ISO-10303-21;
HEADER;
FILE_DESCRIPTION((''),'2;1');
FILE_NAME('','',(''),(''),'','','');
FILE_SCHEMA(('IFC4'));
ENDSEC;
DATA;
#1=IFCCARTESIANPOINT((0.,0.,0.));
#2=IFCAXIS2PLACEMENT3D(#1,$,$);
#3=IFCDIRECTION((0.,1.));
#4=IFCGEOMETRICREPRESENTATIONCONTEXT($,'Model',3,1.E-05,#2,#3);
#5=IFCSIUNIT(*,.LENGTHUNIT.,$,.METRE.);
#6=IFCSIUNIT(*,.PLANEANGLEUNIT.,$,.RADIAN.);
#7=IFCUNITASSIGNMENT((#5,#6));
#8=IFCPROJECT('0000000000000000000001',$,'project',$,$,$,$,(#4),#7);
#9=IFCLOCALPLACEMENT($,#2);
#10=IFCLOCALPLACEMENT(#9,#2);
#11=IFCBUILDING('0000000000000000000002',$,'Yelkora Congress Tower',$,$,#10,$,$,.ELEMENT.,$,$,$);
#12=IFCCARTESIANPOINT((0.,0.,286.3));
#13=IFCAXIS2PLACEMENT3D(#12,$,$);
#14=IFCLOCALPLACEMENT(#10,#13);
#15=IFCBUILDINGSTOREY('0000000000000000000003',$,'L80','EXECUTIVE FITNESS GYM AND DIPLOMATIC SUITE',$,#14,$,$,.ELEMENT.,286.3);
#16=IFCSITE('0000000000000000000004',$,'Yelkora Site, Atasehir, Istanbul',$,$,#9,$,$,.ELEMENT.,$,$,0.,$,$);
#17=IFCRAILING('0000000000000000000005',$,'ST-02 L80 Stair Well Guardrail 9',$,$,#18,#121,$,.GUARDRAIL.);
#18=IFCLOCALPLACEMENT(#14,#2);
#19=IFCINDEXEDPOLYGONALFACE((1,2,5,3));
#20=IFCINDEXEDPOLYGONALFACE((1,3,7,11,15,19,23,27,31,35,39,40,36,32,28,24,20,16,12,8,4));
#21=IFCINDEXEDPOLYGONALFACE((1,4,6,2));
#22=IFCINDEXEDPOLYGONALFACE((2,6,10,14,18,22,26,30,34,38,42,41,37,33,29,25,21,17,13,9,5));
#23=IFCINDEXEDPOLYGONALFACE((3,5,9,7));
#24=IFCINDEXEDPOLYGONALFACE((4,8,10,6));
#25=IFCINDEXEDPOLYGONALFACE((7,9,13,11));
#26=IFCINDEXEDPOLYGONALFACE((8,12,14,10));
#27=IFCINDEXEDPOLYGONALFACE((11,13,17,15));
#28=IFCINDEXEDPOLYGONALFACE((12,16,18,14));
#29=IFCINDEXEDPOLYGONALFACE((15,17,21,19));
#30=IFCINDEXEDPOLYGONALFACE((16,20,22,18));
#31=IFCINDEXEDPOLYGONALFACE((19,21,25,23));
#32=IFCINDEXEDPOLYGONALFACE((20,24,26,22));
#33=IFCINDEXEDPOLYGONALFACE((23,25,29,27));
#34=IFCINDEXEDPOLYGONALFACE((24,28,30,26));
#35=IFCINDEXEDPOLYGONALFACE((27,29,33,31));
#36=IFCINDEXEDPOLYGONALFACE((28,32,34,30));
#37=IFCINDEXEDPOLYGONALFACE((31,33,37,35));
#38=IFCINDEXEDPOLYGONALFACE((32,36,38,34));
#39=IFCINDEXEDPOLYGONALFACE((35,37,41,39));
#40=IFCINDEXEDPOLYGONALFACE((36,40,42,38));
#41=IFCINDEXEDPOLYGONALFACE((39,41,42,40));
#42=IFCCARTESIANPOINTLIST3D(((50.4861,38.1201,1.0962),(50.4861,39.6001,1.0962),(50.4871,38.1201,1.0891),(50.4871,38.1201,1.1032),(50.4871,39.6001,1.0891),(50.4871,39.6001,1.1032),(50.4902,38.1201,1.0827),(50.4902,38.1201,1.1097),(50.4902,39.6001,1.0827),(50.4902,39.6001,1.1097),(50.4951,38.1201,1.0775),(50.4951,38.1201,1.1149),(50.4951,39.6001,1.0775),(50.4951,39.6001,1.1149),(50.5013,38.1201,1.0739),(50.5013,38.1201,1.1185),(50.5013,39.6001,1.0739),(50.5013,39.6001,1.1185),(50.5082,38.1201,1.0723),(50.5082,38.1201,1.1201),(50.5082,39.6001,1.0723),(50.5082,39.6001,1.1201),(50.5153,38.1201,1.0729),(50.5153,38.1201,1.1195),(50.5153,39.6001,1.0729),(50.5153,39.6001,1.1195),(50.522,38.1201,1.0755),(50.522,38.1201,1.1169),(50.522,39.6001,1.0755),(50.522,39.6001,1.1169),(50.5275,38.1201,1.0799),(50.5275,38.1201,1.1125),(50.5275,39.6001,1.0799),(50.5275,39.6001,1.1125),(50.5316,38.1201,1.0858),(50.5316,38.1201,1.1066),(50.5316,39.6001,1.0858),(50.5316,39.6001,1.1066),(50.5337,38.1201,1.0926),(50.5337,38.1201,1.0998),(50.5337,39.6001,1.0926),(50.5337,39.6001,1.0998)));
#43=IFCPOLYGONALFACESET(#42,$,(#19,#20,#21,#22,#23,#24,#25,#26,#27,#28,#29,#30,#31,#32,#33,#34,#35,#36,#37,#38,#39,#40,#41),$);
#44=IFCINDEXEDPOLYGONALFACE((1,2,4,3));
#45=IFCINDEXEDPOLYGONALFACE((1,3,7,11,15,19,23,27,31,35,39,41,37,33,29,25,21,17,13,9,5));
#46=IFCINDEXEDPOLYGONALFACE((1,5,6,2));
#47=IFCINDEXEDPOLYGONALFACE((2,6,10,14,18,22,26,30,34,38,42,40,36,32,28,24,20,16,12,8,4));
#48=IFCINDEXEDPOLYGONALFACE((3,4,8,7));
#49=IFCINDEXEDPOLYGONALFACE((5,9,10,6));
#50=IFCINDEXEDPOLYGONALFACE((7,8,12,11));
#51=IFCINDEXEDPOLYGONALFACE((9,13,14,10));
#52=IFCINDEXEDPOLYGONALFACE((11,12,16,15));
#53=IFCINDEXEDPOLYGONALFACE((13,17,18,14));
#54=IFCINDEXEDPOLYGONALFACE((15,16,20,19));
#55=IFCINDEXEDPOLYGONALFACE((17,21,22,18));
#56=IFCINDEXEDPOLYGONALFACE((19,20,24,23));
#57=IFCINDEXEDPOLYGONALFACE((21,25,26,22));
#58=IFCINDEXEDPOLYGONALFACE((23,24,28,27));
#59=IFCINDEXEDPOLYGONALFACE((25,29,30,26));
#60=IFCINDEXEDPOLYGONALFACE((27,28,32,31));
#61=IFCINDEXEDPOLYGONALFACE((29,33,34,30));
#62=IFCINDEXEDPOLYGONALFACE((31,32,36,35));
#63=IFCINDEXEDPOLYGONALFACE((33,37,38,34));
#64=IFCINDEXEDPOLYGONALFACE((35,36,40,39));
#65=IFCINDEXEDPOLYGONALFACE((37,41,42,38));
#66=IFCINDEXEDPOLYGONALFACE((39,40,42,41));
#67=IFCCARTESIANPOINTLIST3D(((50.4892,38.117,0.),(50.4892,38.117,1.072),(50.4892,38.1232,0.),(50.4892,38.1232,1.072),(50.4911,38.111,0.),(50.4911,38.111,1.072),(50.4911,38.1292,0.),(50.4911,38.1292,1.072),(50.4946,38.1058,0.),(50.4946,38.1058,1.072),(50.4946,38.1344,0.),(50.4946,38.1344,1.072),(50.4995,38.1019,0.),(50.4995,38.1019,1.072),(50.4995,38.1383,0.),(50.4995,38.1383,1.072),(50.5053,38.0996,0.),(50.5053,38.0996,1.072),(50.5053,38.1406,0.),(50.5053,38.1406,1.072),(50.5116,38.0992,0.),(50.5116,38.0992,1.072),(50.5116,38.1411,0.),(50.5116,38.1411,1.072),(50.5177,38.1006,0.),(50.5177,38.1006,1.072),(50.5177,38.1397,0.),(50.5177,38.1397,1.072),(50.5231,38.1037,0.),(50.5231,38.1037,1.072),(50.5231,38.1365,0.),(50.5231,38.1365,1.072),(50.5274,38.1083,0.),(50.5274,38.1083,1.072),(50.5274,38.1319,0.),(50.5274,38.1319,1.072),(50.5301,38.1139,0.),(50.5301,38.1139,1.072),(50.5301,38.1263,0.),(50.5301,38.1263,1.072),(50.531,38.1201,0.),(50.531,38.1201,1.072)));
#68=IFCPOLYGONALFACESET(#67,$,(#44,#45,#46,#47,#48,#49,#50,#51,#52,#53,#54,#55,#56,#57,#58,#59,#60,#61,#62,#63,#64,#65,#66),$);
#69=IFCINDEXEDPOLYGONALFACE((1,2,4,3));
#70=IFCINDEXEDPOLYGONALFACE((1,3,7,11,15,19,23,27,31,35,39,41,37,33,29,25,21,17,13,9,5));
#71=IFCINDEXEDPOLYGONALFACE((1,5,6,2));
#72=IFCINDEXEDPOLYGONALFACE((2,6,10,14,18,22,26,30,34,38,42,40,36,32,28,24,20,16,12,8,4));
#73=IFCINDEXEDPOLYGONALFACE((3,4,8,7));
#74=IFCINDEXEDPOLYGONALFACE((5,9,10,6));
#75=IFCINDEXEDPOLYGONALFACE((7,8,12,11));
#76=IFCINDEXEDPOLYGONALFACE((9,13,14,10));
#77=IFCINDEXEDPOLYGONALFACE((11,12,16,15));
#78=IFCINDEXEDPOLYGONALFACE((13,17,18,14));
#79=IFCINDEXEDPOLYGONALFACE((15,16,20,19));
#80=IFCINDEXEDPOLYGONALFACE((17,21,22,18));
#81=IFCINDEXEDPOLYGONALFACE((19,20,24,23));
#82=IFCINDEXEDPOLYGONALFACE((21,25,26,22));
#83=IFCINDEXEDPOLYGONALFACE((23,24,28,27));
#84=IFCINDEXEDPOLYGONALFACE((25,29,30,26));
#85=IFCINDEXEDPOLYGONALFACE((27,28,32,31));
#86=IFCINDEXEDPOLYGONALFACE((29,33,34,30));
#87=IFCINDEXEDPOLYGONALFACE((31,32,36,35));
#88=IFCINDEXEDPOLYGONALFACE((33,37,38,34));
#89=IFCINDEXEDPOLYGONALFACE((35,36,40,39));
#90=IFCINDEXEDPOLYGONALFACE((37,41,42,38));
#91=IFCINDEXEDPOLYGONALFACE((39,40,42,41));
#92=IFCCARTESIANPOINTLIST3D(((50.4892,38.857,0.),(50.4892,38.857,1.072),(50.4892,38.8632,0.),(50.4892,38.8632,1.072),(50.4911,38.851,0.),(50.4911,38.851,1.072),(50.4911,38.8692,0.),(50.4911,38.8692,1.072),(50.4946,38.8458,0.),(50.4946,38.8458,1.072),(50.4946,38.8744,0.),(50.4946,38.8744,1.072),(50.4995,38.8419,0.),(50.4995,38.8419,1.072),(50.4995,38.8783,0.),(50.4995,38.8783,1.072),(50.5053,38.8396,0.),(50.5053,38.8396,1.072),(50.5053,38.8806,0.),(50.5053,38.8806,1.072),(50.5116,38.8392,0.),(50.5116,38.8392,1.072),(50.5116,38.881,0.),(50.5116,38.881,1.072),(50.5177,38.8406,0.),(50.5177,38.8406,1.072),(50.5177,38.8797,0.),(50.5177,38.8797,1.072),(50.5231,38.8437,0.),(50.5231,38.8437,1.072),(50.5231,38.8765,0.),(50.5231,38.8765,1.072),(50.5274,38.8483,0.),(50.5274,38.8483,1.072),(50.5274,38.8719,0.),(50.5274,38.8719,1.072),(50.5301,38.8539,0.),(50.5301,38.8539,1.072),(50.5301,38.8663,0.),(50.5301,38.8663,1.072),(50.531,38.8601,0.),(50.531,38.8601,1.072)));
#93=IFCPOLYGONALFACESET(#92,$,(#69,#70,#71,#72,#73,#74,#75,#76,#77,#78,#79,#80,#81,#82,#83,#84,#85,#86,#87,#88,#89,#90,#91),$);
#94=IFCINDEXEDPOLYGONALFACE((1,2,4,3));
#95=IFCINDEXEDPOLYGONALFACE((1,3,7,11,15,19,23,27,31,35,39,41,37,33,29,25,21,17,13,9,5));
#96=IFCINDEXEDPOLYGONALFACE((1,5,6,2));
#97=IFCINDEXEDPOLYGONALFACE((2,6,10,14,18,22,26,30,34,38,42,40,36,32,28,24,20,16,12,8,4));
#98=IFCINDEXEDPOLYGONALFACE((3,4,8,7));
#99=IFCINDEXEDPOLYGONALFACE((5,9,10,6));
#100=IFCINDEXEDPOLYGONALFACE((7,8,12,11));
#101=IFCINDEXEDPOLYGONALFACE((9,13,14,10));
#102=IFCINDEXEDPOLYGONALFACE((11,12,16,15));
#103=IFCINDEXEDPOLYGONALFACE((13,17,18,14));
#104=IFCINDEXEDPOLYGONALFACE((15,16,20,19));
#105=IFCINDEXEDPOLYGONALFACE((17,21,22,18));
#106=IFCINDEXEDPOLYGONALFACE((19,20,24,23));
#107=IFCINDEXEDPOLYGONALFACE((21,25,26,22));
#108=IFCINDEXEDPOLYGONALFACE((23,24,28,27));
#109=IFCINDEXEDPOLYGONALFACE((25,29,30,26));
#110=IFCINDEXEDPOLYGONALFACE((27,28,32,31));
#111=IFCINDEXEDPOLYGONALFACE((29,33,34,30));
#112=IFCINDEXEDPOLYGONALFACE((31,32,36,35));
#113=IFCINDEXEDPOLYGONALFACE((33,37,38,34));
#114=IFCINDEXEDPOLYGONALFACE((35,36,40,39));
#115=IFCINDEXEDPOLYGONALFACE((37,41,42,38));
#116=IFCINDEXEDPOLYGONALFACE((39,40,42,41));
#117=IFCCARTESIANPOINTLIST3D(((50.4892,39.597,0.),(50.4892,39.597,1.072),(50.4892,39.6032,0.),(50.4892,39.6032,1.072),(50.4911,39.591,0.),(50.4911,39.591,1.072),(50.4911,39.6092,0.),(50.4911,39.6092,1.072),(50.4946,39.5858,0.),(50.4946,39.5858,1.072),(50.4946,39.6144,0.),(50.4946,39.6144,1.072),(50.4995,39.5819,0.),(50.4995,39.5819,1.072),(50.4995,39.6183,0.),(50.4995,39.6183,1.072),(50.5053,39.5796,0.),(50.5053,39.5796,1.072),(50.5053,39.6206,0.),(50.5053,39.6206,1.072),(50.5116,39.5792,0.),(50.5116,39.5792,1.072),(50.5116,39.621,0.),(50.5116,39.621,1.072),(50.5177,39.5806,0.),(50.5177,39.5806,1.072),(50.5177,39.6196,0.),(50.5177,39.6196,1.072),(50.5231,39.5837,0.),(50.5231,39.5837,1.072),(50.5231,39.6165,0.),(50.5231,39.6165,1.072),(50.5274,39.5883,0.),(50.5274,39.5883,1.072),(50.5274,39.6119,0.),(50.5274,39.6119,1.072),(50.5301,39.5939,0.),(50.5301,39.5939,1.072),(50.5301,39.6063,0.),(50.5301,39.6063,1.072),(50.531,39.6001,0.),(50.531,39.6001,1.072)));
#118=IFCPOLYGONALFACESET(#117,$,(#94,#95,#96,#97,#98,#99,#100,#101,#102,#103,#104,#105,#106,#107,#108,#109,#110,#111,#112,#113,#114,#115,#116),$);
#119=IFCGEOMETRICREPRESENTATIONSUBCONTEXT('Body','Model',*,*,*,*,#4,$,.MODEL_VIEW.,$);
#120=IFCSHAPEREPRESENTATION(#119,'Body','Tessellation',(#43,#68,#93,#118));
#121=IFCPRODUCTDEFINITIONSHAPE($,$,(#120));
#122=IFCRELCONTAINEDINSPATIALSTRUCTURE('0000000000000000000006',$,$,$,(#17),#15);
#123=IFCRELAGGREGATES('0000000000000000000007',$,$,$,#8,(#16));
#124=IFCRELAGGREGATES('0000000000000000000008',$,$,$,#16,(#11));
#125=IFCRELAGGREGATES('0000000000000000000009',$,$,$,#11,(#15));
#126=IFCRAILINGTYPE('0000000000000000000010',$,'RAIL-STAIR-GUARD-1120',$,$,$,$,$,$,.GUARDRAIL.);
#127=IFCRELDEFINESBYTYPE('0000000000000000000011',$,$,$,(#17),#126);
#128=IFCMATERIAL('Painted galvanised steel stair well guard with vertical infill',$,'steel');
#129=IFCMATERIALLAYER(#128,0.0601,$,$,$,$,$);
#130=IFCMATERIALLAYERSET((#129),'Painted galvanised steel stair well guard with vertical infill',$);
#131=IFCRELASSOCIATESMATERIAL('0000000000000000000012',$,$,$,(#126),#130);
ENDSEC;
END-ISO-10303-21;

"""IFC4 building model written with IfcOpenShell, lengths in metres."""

from ifc_helpers import new_model, si_unit, direction, frame, origin, origin_2d, place, context, subcontext, project, spatial, circle, extrude, material, layer, layer_set, type_object, element, save


model = new_model("IFC4")

# Units and contexts
model_context = context("Model", 3, precision=1e-05, world=origin(), true_north=direction((0.0, 1.0)))
body_context = subcontext(model_context, "Body", "Model", "MODEL_VIEW")
ifc_project = project(units=[si_unit("LENGTHUNIT", "METRE"), si_unit("PLANEANGLEUNIT", "RADIAN")], contexts=[model_context])

# Site, building, storey
site_placement = place(None, origin())
site = spatial("IfcSite", under=ifc_project, at=site_placement, Name="Yelkora Site, Atasehir, Istanbul", CompositionType="ELEMENT", RefElevation=0.0)
building_placement = place(site_placement, origin())
building = spatial("IfcBuilding", under=site, at=building_placement, Name="Yelkora Congress Tower", CompositionType="ELEMENT")
storey_placement = place(building_placement, frame((0.0, 0.0, 286.3)))
storey = spatial("IfcBuildingStorey", under=building, at=storey_placement, Name="L80", Description="EXECUTIVE FITNESS GYM AND DIPLOMATIC SUITE", CompositionType="ELEMENT", Elevation=286.3)

# Railing
ifc_material_1 = material(Name="Painted galvanised steel stair well guard with vertical infill", Category="steel")
ifc_layer_1 = layer(ifc_material_1, 0.0601)
ifc_layer_set_1 = layer_set([ifc_layer_1], Name="Painted galvanised steel stair well guard with vertical infill")
railing_type_1 = type_object("IfcRailingType", Name="RAIL-STAIR-GUARD-1120", PredefinedType="GUARDRAIL", material=ifc_layer_set_1)
for number, where, name in (
    (1, (50.51, 38.1201, 0.0), "ST-02 L80 Stair Well Guardrail 9"),
):
    element("IfcRailing", number, at=place(storey_placement, frame(where)), inside=storey, type_object=railing_type_1, Name=name, PredefinedType="GUARDRAIL", context=body_context, shape_type="SweptSolid", body=[
        extrude(circle(Radius=0.0239, at=origin_2d()), frame((0.0, 0.0, 1.0962), z_axis=(0.0, 1.0, 0.0), x_axis=(-1.0, 0.0, 0.0)), (0.0, 0.0, 1.0), 1.48),
        extrude(circle(Radius=0.021, at=origin_2d()), origin(), (0.0, 0.0, 1.0), 1.072),
        extrude(circle(Radius=0.021, at=origin_2d()), frame((0.0, 0.74, 0.0)), (0.0, 0.0, 1.0), 1.072),
        extrude(circle(Radius=0.021, at=origin_2d()), frame((0.0, 1.48, 0.0)), (0.0, 0.0, 1.0), 1.072),
    ])

save(model, "model.ifc")
